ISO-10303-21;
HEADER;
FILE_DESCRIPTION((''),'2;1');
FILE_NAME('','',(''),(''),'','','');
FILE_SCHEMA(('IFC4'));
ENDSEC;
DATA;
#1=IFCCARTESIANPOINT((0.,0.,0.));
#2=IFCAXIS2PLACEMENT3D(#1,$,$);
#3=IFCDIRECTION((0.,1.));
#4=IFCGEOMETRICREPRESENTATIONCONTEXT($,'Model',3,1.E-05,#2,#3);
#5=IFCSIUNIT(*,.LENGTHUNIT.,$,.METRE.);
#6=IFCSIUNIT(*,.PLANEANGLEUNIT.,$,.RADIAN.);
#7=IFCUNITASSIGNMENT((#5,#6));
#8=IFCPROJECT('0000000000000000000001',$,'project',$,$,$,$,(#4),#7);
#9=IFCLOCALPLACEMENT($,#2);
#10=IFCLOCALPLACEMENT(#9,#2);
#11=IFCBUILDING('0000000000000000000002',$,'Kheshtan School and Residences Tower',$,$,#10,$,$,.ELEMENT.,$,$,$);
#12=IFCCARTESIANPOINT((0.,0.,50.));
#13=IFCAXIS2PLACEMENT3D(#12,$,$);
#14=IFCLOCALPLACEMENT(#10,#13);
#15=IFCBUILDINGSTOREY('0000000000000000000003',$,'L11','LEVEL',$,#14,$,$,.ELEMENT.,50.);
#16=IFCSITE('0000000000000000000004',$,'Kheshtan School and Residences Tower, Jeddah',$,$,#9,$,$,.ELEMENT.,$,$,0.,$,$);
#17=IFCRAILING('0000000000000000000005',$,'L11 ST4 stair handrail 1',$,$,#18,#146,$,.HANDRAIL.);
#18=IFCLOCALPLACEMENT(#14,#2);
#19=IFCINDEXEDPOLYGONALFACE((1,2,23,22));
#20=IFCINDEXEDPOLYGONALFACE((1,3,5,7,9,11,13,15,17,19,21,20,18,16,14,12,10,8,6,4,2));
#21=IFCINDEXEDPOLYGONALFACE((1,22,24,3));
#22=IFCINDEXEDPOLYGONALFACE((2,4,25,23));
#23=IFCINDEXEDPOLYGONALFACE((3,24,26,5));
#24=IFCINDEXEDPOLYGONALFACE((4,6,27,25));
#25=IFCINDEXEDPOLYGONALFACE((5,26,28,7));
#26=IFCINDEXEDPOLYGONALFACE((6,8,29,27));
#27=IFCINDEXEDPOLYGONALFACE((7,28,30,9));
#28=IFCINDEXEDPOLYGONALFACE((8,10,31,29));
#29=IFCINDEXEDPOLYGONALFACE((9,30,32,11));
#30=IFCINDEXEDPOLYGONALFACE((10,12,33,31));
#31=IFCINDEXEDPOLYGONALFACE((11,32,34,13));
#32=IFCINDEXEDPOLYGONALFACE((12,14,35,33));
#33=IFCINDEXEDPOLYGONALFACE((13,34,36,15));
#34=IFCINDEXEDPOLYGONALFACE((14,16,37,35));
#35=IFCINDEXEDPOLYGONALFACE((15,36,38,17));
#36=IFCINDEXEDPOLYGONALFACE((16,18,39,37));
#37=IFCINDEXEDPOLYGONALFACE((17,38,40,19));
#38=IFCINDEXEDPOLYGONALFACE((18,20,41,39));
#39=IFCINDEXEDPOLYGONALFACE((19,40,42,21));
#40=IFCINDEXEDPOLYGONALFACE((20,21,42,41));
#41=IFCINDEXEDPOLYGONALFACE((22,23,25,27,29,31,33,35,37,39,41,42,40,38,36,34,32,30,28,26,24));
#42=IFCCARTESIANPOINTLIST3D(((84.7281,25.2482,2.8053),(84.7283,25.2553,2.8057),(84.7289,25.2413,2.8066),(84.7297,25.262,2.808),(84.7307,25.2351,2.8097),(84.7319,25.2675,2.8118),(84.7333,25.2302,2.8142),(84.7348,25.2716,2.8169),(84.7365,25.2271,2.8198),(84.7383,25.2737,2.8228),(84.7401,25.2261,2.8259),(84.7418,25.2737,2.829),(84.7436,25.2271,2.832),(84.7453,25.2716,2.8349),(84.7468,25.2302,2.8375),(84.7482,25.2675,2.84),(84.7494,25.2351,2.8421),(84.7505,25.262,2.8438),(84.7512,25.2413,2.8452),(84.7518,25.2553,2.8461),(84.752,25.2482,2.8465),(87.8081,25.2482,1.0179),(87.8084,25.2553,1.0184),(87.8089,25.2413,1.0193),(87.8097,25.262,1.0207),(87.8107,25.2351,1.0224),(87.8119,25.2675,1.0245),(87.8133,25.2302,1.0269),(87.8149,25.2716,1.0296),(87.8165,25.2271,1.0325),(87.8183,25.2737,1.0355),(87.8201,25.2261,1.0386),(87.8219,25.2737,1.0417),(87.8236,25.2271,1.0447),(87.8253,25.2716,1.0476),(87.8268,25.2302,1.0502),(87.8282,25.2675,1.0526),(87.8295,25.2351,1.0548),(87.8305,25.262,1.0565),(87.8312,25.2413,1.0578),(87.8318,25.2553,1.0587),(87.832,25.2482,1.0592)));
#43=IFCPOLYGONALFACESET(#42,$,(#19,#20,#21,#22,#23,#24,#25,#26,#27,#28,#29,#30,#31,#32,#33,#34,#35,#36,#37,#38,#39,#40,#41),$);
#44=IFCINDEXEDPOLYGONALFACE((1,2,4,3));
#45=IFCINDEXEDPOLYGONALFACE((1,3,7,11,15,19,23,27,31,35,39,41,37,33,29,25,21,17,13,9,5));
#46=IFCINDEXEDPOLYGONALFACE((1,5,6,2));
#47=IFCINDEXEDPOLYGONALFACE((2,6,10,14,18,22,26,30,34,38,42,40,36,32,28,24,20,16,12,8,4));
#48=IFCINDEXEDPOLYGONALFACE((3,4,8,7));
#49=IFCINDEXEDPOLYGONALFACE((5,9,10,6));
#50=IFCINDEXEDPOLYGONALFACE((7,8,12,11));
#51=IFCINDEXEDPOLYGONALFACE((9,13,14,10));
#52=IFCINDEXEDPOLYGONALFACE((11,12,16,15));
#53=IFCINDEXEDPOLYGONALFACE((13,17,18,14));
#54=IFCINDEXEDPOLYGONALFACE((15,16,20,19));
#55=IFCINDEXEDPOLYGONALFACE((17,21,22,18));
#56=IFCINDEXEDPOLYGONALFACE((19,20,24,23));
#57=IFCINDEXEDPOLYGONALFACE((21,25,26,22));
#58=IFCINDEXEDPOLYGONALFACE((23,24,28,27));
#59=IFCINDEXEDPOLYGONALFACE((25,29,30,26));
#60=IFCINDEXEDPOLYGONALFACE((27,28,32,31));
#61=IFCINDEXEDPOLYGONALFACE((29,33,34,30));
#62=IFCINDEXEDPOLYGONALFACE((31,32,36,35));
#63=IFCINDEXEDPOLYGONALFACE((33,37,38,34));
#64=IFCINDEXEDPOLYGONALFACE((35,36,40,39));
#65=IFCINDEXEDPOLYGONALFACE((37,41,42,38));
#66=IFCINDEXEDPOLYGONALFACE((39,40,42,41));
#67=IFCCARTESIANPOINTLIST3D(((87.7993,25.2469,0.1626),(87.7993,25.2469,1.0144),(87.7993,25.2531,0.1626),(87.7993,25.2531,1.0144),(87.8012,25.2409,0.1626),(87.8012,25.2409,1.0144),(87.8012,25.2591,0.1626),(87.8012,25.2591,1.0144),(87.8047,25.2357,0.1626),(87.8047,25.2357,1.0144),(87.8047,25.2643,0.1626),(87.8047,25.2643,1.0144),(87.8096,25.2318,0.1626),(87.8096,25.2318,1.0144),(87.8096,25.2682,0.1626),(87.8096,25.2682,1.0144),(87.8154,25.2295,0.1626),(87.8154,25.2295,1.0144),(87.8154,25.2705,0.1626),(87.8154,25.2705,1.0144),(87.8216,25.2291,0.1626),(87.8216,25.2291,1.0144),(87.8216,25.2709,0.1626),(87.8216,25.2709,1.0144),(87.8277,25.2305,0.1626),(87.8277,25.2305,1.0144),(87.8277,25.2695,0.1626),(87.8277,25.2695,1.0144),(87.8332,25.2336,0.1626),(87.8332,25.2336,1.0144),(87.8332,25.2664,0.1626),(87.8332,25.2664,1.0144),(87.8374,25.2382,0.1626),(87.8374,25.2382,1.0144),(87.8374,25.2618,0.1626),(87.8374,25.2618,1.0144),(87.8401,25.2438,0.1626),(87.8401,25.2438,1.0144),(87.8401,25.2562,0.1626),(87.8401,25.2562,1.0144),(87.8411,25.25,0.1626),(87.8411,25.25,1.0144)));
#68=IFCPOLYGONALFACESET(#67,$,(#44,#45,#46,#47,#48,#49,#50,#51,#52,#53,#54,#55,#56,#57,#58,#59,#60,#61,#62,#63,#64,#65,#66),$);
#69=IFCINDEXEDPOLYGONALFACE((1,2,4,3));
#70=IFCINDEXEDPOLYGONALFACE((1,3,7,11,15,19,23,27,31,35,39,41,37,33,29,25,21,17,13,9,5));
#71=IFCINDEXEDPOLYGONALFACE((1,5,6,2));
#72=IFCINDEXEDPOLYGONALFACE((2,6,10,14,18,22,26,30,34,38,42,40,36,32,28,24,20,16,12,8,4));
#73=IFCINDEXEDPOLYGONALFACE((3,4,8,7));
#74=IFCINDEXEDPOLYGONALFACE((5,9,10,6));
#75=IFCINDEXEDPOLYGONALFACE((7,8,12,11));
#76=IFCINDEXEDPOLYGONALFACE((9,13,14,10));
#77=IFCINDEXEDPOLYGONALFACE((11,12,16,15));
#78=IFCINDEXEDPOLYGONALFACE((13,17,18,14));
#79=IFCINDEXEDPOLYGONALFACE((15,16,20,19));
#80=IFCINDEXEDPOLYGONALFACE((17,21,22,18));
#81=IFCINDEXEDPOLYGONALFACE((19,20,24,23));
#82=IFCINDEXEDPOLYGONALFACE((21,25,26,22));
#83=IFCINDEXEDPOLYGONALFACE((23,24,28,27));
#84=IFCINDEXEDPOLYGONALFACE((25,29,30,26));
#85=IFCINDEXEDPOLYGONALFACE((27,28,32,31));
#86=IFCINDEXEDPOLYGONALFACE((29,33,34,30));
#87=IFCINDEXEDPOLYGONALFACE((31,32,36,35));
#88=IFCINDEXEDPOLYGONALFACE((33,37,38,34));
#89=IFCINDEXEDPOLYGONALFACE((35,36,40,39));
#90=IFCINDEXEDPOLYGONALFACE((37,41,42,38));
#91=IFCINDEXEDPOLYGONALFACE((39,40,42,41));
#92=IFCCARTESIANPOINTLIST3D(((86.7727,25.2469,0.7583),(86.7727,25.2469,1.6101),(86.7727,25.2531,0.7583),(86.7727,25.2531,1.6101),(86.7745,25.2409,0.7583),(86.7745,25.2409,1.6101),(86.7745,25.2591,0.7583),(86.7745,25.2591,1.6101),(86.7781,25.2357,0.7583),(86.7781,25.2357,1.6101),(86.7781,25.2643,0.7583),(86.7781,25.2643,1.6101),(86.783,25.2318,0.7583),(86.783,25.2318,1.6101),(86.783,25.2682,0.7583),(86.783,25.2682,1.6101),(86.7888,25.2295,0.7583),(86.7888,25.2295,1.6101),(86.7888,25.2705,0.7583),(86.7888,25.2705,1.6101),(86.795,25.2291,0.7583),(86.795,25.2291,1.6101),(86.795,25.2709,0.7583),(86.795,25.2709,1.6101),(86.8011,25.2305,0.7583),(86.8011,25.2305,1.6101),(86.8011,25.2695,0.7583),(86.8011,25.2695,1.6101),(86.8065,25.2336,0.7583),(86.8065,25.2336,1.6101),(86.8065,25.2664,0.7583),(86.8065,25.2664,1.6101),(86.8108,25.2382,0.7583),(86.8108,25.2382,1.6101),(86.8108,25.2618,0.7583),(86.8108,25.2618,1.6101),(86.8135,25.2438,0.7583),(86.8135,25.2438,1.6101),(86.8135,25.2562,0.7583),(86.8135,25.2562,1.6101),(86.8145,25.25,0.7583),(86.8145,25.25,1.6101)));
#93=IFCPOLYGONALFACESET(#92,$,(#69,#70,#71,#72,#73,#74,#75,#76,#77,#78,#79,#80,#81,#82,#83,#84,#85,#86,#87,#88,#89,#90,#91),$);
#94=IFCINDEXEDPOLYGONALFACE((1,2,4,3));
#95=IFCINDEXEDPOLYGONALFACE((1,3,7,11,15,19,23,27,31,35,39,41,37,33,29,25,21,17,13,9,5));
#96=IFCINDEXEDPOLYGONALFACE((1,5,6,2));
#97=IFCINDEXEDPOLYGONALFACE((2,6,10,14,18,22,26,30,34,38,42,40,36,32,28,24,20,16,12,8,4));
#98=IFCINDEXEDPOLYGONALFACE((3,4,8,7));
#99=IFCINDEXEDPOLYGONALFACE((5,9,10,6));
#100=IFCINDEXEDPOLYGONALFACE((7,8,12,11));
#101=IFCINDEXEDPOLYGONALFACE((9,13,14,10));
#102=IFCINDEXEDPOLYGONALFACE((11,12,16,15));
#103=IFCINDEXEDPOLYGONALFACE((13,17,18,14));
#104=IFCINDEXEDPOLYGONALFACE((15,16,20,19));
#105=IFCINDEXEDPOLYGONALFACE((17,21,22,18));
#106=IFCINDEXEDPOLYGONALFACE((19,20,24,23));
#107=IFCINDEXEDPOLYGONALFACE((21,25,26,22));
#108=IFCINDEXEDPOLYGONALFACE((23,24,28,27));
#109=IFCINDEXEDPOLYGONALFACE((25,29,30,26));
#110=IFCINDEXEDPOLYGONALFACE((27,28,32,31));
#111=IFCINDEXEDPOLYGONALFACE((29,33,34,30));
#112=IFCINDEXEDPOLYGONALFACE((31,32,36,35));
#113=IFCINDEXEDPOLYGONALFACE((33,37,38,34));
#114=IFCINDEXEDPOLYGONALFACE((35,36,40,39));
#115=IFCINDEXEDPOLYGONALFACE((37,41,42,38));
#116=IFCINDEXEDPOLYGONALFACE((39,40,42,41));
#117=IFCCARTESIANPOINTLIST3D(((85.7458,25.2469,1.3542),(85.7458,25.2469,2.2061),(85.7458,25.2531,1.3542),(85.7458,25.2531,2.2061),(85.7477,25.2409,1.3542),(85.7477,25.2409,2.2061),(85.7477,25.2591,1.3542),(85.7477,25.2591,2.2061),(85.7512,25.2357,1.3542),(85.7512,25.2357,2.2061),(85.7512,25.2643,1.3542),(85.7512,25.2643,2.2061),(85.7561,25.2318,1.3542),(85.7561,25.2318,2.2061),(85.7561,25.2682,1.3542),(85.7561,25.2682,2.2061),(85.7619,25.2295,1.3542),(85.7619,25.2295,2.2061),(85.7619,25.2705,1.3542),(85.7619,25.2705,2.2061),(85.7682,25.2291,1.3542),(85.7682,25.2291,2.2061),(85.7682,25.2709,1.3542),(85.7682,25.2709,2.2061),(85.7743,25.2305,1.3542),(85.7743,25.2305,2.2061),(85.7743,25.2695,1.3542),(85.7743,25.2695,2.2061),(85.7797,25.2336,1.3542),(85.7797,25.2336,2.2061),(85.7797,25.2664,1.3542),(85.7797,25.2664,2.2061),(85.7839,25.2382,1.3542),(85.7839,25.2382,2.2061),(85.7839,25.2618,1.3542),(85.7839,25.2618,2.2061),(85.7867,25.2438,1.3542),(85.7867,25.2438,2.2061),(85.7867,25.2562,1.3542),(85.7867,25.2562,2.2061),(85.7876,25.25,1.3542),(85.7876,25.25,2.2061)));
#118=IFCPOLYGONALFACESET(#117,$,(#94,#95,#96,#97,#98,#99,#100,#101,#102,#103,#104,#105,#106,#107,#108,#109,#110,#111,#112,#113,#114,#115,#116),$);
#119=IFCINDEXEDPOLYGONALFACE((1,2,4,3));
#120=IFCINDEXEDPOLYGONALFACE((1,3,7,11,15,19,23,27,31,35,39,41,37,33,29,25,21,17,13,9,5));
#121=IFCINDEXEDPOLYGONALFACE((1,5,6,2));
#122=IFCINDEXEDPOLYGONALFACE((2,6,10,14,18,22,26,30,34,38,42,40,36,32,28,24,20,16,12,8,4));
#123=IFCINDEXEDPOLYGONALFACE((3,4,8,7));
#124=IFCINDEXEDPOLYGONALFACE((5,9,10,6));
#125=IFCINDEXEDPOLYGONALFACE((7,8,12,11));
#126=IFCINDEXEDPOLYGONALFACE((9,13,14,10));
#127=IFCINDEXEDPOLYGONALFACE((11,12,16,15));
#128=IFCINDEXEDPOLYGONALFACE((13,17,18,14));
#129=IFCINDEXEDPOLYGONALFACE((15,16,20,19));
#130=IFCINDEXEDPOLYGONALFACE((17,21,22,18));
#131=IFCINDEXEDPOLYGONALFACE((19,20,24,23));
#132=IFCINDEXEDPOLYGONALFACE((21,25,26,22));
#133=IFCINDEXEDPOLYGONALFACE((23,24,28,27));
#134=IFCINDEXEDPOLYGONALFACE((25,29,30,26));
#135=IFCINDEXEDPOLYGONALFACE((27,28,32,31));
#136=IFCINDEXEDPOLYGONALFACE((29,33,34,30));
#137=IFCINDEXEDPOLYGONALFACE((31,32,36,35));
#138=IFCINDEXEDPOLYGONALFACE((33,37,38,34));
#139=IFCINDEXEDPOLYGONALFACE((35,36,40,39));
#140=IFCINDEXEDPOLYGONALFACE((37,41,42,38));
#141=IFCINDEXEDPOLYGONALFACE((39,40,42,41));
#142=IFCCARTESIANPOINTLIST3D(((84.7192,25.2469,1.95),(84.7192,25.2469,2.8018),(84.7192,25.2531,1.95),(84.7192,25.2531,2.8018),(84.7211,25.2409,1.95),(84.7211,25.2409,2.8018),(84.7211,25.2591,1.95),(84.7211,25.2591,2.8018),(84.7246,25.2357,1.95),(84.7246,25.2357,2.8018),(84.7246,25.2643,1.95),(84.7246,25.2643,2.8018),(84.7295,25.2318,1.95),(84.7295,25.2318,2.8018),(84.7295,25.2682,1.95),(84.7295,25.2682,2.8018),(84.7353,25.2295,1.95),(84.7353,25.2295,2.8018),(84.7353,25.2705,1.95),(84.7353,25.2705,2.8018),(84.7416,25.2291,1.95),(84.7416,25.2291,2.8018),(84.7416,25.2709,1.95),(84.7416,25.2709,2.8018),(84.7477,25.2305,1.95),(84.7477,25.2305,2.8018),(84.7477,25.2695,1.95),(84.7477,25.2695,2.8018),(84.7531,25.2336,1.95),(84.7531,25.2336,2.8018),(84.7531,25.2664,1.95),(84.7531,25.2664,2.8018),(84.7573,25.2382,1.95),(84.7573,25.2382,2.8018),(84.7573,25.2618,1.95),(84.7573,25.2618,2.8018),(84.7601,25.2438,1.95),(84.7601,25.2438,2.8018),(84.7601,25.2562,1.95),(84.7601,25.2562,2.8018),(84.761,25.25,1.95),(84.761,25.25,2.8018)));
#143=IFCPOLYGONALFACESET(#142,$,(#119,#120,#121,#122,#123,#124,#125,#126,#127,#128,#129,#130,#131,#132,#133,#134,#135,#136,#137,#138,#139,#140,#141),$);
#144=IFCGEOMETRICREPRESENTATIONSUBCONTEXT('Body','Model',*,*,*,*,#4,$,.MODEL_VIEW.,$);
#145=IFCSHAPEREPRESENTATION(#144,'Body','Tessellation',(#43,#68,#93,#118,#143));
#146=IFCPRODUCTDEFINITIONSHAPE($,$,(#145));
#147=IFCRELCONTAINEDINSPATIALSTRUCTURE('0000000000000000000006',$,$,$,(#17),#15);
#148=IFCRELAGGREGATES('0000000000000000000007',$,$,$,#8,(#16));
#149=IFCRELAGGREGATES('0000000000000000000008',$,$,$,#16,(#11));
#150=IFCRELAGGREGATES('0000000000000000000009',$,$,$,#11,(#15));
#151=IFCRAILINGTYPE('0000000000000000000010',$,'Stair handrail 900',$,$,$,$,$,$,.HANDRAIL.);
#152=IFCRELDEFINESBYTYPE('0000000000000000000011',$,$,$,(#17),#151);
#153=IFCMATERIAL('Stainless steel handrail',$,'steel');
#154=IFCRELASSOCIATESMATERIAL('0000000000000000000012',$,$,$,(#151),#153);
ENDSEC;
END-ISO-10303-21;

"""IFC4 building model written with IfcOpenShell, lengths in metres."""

from ifc_helpers import new_model, si_unit, direction, frame, origin, origin_2d, place, context, subcontext, project, spatial, circle, extrude, material, type_object, element, save


model = new_model("IFC4")

# Units and contexts
model_context = context("Model", 3, precision=1e-05, world=origin(), true_north=direction((0.0, 1.0)))
body_context = subcontext(model_context, "Body", "Model", "MODEL_VIEW")
ifc_project = project(units=[si_unit("LENGTHUNIT", "METRE"), si_unit("PLANEANGLEUNIT", "RADIAN")], contexts=[model_context])

# Site, building, storey
site_placement = place(None, origin())
site = spatial("IfcSite", under=ifc_project, at=site_placement, Name="Kheshtan School and Residences Tower, Jeddah", CompositionType="ELEMENT", RefElevation=0.0)
building_placement = place(site_placement, origin())
building = spatial("IfcBuilding", under=site, at=building_placement, Name="Kheshtan School and Residences Tower", CompositionType="ELEMENT")
storey_placement = place(building_placement, frame((0.0, 0.0, 50.0)))
storey = spatial("IfcBuildingStorey", under=building, at=storey_placement, Name="L11", Description="LEVEL", CompositionType="ELEMENT", Elevation=50.0)

# Railing
ifc_material_1 = material(Name="Stainless steel handrail", Category="steel")
railing_type_1 = type_object("IfcRailingType", Name="Stair handrail 900", PredefinedType="HANDRAIL", material=ifc_material_1)
railing_1_placement = place(storey_placement, frame((87.8201, 25.25, 0.1626)))
element("IfcRailing", 1, at=railing_1_placement, inside=storey, type_object=railing_type_1, Name="L11 ST4 stair handrail 1", PredefinedType="HANDRAIL", context=body_context, shape_type="SweptSolid", body=[
    extrude(circle(Radius=0.0239, at=origin_2d()), frame((0.0, 0.0, 0.876), z_axis=(-0.86492, 0.0, 0.501909), x_axis=(0.0, -1.0, 0.0)), (0.0, 0.0, 1.0), 3.561),
    extrude(circle(Radius=0.021, at=origin_2d()), origin(), (0.0, 0.0, 1.0), 0.8518),
    extrude(circle(Radius=0.021, at=origin_2d()), frame((-1.0266, 0.0, 0.5957)), (0.0, 0.0, 1.0), 0.8518),
    extrude(circle(Radius=0.021, at=origin_2d()), frame((-2.0535, 0.0, 1.1917)), (0.0, 0.0, 1.0), 0.8518),
    extrude(circle(Radius=0.021, at=origin_2d()), frame((-3.0801, 0.0, 1.7874)), (0.0, 0.0, 1.0), 0.8518),
])

save(model, "model.ifc")
